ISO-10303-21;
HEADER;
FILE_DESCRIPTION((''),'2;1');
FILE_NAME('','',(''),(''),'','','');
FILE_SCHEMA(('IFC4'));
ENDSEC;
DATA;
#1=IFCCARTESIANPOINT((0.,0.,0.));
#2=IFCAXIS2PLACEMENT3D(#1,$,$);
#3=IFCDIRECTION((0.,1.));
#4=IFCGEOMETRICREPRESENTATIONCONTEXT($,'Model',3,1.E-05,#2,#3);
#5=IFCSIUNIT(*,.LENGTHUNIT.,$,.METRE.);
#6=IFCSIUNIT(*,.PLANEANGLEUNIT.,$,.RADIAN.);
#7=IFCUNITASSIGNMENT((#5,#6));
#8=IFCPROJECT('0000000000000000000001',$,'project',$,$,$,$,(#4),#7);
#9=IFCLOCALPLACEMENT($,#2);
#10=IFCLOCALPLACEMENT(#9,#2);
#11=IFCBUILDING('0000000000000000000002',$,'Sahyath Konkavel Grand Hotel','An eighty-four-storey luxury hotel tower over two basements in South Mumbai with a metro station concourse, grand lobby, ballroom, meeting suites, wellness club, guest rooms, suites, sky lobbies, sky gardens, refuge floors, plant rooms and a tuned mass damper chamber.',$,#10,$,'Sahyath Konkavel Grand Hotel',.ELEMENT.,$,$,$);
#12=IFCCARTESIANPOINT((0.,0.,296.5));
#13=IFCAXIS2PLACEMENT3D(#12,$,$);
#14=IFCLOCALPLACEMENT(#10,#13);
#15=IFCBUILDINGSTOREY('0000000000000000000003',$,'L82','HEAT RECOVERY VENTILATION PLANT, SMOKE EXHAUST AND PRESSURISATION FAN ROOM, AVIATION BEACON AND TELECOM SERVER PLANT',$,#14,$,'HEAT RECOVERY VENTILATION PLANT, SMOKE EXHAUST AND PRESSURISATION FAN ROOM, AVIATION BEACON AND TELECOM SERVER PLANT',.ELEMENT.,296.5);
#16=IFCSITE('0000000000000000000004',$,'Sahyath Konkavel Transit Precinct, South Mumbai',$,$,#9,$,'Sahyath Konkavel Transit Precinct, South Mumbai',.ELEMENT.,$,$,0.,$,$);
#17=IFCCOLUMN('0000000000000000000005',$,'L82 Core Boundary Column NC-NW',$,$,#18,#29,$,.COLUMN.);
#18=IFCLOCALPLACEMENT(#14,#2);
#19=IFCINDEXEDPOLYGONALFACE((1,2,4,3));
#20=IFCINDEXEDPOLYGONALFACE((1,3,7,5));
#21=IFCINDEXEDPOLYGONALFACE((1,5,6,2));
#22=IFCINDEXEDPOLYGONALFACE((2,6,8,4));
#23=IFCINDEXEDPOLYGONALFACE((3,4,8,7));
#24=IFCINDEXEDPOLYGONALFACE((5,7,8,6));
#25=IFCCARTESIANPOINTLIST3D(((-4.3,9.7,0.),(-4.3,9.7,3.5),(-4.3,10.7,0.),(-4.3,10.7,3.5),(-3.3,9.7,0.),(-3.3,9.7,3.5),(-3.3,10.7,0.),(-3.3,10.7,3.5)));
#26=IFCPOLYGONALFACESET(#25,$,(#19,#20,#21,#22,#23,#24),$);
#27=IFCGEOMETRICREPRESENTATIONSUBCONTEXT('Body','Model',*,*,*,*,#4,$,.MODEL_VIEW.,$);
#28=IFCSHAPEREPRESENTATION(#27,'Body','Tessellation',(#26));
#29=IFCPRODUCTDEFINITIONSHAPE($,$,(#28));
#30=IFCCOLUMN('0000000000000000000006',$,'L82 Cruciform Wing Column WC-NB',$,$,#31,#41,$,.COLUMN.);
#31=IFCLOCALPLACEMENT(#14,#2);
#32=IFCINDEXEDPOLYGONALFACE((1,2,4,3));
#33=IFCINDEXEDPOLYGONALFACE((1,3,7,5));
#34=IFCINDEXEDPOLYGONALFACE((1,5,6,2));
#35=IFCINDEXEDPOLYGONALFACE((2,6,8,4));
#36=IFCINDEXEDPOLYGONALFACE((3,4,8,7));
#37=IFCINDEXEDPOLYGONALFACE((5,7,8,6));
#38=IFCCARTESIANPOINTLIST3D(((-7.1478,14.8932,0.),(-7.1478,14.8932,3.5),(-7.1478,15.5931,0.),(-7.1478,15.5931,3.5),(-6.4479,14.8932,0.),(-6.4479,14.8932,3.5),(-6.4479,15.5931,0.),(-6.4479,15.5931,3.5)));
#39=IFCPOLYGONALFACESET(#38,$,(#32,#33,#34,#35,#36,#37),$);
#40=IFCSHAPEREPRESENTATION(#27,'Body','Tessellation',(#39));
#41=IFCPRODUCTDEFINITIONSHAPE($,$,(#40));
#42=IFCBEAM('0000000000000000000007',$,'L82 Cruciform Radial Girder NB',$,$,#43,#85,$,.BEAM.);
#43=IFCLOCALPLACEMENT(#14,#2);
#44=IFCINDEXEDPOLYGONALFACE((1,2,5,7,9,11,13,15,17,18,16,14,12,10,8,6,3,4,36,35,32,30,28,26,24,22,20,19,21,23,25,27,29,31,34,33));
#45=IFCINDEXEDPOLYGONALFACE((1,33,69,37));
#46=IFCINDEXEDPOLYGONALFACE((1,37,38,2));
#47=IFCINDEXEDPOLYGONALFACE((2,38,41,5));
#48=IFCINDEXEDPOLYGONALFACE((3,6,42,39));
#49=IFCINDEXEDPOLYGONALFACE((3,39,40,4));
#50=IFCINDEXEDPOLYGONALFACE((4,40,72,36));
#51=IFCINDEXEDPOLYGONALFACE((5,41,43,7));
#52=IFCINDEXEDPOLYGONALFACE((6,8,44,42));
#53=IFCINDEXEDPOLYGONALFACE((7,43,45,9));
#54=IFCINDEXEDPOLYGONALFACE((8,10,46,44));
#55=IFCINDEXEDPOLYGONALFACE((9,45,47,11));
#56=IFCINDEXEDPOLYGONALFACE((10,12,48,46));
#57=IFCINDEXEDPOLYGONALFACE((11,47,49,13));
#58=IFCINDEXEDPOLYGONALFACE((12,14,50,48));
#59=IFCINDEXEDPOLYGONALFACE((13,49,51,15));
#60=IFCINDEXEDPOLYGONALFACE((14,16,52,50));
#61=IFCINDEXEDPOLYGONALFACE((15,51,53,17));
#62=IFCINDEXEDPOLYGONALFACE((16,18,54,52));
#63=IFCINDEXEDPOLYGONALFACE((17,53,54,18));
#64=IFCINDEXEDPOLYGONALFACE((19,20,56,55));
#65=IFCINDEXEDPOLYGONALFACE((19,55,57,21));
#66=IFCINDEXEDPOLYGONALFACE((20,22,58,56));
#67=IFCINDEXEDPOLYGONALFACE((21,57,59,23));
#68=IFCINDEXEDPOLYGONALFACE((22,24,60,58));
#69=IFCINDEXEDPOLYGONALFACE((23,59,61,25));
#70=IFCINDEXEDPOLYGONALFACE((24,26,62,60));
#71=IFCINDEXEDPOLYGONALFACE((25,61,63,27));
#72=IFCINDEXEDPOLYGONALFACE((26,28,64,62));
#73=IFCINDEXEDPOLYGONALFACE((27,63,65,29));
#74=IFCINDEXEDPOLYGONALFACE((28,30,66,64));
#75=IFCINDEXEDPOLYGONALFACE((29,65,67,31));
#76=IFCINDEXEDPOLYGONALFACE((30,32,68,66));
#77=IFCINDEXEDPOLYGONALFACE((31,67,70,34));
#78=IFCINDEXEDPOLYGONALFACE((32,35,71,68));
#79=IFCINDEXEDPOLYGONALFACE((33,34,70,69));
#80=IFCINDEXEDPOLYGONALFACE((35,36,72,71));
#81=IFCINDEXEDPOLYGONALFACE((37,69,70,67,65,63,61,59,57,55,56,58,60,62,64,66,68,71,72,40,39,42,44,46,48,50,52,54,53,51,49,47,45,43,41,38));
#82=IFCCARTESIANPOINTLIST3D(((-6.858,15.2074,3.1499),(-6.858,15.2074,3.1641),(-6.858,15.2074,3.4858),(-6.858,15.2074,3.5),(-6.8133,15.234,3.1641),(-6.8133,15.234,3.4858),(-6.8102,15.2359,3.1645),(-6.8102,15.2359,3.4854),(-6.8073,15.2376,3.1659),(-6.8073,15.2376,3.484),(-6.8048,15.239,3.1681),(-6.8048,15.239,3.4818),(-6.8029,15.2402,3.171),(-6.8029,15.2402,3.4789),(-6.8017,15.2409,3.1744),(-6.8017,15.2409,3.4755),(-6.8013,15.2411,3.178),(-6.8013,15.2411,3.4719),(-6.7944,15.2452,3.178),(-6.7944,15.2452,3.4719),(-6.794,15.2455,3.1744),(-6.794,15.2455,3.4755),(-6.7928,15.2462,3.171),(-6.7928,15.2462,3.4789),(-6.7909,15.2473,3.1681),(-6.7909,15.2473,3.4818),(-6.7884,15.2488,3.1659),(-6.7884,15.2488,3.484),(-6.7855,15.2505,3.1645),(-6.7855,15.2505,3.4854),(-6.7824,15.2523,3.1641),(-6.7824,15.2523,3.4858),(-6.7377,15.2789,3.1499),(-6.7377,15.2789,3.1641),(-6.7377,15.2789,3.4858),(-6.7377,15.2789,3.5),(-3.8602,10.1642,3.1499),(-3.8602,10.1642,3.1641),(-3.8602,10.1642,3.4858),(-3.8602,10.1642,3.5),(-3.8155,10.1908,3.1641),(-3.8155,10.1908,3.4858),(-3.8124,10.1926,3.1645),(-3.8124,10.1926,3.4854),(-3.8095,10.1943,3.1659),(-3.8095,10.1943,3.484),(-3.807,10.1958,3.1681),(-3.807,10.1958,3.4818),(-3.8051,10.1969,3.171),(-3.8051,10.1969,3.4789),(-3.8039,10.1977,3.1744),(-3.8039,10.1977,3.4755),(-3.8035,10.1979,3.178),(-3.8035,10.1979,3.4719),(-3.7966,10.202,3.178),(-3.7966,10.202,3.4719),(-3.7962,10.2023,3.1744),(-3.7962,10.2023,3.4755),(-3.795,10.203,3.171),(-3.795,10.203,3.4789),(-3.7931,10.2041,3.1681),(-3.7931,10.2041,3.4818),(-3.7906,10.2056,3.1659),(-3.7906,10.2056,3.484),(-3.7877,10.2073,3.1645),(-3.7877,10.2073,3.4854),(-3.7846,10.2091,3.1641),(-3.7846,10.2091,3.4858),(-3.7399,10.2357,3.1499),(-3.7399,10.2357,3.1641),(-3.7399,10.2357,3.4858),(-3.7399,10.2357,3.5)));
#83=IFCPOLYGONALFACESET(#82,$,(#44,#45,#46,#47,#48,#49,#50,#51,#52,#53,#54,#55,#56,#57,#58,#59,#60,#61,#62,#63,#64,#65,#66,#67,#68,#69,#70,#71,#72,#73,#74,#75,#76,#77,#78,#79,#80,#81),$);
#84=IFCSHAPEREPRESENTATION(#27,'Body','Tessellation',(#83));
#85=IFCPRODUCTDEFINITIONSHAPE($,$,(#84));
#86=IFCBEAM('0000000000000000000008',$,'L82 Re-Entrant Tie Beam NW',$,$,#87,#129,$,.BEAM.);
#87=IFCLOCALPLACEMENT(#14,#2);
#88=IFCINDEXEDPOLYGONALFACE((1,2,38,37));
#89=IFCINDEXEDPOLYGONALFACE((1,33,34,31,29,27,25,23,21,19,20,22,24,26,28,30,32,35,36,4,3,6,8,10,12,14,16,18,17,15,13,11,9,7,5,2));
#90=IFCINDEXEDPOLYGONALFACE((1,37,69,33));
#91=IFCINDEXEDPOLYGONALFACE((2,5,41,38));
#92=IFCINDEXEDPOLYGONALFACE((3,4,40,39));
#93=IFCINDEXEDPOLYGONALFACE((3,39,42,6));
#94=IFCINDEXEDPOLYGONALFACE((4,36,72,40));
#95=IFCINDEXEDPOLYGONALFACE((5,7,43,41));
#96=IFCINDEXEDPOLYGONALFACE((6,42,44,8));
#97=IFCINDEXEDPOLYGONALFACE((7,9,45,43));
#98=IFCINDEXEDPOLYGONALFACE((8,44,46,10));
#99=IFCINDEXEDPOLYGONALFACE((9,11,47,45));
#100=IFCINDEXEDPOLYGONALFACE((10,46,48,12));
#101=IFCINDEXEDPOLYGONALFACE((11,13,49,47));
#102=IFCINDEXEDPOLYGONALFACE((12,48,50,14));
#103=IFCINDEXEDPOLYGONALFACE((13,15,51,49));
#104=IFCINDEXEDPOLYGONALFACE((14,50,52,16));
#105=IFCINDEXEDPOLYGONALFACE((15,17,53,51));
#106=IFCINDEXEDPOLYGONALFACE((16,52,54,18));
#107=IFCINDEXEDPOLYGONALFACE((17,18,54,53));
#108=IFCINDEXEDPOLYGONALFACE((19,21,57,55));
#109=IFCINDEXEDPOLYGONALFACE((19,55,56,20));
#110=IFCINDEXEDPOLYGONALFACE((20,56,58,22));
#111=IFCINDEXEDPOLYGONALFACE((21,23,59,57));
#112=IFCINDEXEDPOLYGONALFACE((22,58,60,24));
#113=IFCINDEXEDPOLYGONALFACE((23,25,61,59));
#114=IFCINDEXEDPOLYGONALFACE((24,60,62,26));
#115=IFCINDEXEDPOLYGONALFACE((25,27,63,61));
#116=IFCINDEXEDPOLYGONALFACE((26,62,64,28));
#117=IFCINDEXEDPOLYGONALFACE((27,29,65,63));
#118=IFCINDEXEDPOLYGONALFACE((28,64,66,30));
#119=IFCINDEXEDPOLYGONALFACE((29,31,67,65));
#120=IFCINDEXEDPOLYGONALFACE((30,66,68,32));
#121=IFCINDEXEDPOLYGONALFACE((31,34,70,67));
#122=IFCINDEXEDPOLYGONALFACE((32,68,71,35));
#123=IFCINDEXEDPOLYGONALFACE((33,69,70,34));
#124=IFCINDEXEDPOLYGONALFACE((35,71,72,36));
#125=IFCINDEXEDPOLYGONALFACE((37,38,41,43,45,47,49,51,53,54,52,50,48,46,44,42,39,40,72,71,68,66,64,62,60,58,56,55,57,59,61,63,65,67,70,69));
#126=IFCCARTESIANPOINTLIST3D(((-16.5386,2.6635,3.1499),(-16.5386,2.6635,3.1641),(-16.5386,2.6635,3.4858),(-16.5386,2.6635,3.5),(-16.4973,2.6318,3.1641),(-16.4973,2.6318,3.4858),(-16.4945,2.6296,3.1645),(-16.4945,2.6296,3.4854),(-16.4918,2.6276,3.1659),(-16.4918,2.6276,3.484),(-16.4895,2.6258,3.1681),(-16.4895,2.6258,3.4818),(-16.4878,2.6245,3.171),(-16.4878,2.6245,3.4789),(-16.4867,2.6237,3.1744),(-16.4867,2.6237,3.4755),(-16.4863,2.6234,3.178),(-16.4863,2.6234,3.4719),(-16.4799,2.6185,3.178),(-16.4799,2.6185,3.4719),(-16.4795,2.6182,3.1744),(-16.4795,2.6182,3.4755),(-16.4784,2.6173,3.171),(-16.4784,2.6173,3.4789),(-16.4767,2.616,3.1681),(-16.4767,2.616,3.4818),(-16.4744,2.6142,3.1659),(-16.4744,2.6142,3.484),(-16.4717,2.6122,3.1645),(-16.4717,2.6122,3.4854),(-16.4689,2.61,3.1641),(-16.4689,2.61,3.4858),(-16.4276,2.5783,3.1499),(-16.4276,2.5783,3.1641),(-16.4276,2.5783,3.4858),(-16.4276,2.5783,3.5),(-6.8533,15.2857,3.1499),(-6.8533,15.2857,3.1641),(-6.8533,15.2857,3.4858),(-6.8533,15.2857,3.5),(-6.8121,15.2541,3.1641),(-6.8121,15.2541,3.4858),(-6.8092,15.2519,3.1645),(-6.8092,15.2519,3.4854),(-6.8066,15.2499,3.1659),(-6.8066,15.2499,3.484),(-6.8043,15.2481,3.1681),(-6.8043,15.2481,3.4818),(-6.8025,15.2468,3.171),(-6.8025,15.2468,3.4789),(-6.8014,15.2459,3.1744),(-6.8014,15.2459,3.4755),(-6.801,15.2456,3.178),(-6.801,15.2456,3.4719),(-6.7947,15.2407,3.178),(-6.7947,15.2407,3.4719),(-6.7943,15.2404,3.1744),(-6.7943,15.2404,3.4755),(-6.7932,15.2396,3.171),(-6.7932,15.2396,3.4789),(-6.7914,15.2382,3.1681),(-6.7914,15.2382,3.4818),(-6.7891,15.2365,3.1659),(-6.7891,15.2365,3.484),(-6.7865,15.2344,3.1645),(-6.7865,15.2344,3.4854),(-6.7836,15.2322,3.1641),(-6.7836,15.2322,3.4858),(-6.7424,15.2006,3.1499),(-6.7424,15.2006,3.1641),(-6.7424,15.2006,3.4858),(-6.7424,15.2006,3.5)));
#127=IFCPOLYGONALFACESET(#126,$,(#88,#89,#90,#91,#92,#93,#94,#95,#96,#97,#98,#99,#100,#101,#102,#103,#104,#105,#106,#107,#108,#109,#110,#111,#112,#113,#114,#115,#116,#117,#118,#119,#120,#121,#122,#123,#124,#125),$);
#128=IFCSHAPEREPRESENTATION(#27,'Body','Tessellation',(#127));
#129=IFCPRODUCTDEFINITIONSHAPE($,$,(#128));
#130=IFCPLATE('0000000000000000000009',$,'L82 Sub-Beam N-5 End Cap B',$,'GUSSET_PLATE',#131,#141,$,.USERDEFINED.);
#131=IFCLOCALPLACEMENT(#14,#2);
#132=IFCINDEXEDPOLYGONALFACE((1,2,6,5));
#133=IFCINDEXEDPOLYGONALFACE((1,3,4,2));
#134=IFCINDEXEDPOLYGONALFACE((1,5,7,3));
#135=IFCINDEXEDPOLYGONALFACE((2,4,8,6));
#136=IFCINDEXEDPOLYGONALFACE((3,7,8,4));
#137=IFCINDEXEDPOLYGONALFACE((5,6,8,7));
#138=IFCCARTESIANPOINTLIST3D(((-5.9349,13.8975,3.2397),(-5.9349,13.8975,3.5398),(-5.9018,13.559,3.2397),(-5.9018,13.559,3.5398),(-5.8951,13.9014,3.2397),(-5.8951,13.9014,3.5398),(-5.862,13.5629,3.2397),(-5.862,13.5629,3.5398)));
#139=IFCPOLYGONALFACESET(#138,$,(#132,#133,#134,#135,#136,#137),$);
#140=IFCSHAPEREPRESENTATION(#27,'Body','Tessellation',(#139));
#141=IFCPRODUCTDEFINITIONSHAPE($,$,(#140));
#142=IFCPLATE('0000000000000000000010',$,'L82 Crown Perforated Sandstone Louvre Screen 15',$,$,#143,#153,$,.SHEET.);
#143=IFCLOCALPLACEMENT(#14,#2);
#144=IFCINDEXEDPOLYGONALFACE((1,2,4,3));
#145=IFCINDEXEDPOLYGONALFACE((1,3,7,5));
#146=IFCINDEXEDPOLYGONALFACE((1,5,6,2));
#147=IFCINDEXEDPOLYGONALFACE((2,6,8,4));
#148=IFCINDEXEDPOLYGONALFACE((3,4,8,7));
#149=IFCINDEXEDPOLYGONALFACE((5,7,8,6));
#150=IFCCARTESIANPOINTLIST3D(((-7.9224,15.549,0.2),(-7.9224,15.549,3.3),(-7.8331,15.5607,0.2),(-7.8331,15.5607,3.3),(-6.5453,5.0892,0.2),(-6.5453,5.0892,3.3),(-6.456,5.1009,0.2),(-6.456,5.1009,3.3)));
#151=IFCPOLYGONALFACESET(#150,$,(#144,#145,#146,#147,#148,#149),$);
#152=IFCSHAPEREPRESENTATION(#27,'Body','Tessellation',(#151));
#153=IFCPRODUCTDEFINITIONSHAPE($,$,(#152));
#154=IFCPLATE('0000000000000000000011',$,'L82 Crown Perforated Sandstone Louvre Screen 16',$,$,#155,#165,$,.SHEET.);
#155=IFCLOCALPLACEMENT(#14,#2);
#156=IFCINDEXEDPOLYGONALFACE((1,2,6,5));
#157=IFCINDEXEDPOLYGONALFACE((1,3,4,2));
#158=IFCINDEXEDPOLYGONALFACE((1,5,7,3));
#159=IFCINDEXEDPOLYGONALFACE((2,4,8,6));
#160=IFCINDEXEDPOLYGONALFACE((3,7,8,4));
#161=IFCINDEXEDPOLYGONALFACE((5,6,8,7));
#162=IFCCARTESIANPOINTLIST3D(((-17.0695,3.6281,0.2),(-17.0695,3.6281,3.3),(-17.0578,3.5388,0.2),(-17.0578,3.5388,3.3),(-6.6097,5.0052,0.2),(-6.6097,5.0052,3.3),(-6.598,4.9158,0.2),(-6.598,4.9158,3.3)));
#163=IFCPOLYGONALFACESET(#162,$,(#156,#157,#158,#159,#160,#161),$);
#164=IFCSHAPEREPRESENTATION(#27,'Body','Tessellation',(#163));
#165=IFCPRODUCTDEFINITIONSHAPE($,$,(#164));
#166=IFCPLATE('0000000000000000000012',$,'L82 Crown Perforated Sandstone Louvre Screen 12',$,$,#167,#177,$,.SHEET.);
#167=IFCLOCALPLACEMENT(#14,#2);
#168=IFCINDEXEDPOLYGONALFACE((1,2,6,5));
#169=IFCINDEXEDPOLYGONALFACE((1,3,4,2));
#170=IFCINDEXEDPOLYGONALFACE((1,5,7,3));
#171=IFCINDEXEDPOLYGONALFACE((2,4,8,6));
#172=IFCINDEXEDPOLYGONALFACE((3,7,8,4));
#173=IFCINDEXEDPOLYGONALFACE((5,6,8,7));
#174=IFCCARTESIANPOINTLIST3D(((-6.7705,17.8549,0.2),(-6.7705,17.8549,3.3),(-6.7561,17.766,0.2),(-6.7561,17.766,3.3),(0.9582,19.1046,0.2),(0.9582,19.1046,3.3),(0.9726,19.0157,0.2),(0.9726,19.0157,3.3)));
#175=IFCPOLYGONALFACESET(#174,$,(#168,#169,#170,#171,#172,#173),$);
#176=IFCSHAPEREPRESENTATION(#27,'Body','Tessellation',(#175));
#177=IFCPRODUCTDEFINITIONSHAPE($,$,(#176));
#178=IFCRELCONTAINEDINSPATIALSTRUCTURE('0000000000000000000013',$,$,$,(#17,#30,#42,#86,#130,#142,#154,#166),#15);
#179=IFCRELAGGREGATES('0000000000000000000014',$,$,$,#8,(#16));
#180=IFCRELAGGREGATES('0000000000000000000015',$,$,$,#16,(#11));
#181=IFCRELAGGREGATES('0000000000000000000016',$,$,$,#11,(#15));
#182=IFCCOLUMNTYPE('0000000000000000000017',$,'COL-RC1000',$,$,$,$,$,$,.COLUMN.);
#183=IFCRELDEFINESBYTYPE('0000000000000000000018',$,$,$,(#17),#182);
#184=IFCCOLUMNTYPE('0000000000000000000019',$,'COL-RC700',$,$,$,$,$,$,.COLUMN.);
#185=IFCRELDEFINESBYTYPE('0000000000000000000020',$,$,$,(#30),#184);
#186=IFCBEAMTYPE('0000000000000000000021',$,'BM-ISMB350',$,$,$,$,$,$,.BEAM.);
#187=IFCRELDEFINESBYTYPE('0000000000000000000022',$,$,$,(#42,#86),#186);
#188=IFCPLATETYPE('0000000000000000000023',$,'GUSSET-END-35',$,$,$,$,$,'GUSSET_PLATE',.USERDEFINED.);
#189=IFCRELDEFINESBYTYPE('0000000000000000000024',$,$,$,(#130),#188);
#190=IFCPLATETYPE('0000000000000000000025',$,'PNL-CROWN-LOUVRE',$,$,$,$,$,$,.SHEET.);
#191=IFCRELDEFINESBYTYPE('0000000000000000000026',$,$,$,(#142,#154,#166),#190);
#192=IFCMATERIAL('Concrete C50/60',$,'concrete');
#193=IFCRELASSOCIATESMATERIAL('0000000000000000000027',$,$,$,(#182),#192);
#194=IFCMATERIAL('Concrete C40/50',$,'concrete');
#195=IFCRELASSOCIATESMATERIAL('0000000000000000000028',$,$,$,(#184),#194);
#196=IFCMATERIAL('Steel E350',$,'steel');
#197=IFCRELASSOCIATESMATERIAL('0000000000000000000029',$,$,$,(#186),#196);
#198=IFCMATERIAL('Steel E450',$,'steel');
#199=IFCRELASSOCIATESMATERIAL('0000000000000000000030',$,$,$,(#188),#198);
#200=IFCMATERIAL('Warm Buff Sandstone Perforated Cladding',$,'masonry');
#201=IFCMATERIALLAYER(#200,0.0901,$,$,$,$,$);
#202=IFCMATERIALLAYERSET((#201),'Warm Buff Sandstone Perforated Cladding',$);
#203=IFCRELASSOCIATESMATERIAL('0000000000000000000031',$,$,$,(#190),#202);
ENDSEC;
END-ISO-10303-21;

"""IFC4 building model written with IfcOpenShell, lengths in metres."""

from ifc_helpers import new_model, si_unit, direction, frame, origin, origin_2d, place, context, subcontext, project, spatial, rectangle, i_section, extrude, source, transform, mapped, material, layer, layer_set, material_profile, profile_set, type_object, element, save


model = new_model("IFC4")

# Units and contexts
model_context = context("Model", 3, precision=1e-05, world=origin(), true_north=direction((0.0, 1.0)))
body_context = subcontext(model_context, "Body", "Model", "MODEL_VIEW")
ifc_project = project(units=[si_unit("LENGTHUNIT", "METRE"), si_unit("PLANEANGLEUNIT", "RADIAN")], contexts=[model_context])

# Site, building, storey
site_placement = place(None, origin())
site = spatial("IfcSite", under=ifc_project, at=site_placement, Name="Sahyath Konkavel Transit Precinct, South Mumbai", LongName="Sahyath Konkavel Transit Precinct, South Mumbai", CompositionType="ELEMENT", RefElevation=0.0)
building_placement = place(site_placement, origin())
building = spatial("IfcBuilding", under=site, at=building_placement, Name="Sahyath Konkavel Grand Hotel", Description="An eighty-four-storey luxury hotel tower over two basements in South Mumbai with a metro station concourse, grand lobby, ballroom, meeting suites, wellness club, guest rooms, suites, sky lobbies, sky gardens, refuge floors, plant rooms and a tuned mass damper chamber.", LongName="Sahyath Konkavel Grand Hotel", CompositionType="ELEMENT")
storey_placement = place(building_placement, frame((0.0, 0.0, 296.5)))
storey = spatial("IfcBuildingStorey", under=building, at=storey_placement, Name="L82", Description="HEAT RECOVERY VENTILATION PLANT, SMOKE EXHAUST AND PRESSURISATION FAN ROOM, AVIATION BEACON AND TELECOM SERVER PLANT", LongName="HEAT RECOVERY VENTILATION PLANT, SMOKE EXHAUST AND PRESSURISATION FAN ROOM, AVIATION BEACON AND TELECOM SERVER PLANT", CompositionType="ELEMENT", Elevation=296.5)

# Columns
ifc_material_1 = material(Name="Concrete C50/60", Category="concrete")
ifc_material_profile_1 = material_profile(ifc_material_1, rectangle(XDim=1.0, YDim=1.0, at=origin_2d()), Name="RC 1000x1000")
ifc_profile_set_1 = profile_set([ifc_material_profile_1], Name="Concrete C50/60")
column_type_1 = type_object("IfcColumnType", Name="COL-RC1000", PredefinedType="COLUMN", material=ifc_profile_set_1)
shared_shape_1 = source(origin(), body_context, "Body", "SweptSolid", [
    extrude(rectangle(XDim=1.0, YDim=1.0, at=origin_2d()), origin(), (0.0, 0.0, 1.0), 3.5),
])
column_1_placement = place(storey_placement, frame((-3.8, 10.2, 0.0), z_axis=(0.0, 0.0, 1.0), x_axis=(1.0, 0.0, 0.0)))
element("IfcColumn", 1, at=column_1_placement, inside=storey, type_object=column_type_1, Name="L82 Core Boundary Column NC-NW", PredefinedType="COLUMN", context=body_context, shape_type="MappedRepresentation", body=[
    mapped(shared_shape_1, transform((0.0, 0.0, 0.0), scale=1.0)),
])
ifc_material_2 = material(Name="Concrete C40/50", Category="concrete")
ifc_material_profile_2 = material_profile(ifc_material_2, rectangle(XDim=0.7, YDim=0.7, at=origin_2d()), Name="RC 700x700")
ifc_profile_set_2 = profile_set([ifc_material_profile_2], Name="Concrete C40/50")
column_type_2 = type_object("IfcColumnType", Name="COL-RC700", PredefinedType="COLUMN", material=ifc_profile_set_2)
shared_shape_2 = source(origin(), body_context, "Body", "SweptSolid", [
    extrude(rectangle(XDim=0.7, YDim=0.7, at=origin_2d()), origin(), (0.0, 0.0, 1.0), 3.5),
])
column_2_placement = place(storey_placement, frame((-6.7979, 15.2432, 0.0), z_axis=(0.0, 0.0, 1.0), x_axis=(1.0, 0.0, 0.0)))
element("IfcColumn", 2, at=column_2_placement, inside=storey, type_object=column_type_2, Name="L82 Cruciform Wing Column WC-NB", PredefinedType="COLUMN", context=body_context, shape_type="MappedRepresentation", body=[
    mapped(shared_shape_2, transform((0.0, 0.0, 0.0), scale=1.0)),
])

# Beams
ifc_material_3 = material(Name="Steel E350", Category="steel")
ifc_material_profile_3 = material_profile(ifc_material_3, i_section(OverallWidth=0.1399, OverallDepth=0.3501, WebThickness=0.0081, FlangeThickness=0.0142, FilletRadius=0.0139, at=origin_2d()), Name="ISMB 350")
ifc_profile_set_3 = profile_set([ifc_material_profile_3], Name="Steel E350")
beam_type = type_object("IfcBeamType", Name="BM-ISMB350", PredefinedType="BEAM", material=ifc_profile_set_3)
shared_shape_3 = source(origin(), body_context, "Body", "SweptSolid", [
    extrude(i_section(OverallWidth=0.1399, OverallDepth=0.3501, WebThickness=0.0081, FlangeThickness=0.0142, FilletRadius=0.0139, at=origin_2d()), origin(), (0.0, 0.0, 1.0), 5.8669),
])
beam_1_placement = place(storey_placement, frame((-3.8, 10.2, 3.325), z_axis=(-0.510967, 0.859601, 0.0), x_axis=(-0.859601, -0.510967, 0.0)))
element("IfcBeam", 3, at=beam_1_placement, inside=storey, type_object=beam_type, Name="L82 Cruciform Radial Girder NB", PredefinedType="BEAM", context=body_context, shape_type="MappedRepresentation", body=[
    mapped(shared_shape_3, transform((0.0, 0.0, 0.0), scale=1.0)),
])
shared_shape_4 = source(origin(), body_context, "Body", "SweptSolid", [
    extrude(i_section(OverallWidth=0.1399, OverallDepth=0.3501, WebThickness=0.0081, FlangeThickness=0.0142, FilletRadius=0.0139, at=origin_2d()), origin(), (0.0, 0.0, 1.0), 15.9099),
])
beam_2_placement = place(storey_placement, frame((-6.7979, 15.2432, 3.325), z_axis=(-0.608756, -0.793358, 0.0), x_axis=(0.793358, -0.608756, 0.0)))
element("IfcBeam", 4, at=beam_2_placement, inside=storey, type_object=beam_type, Name="L82 Re-Entrant Tie Beam NW", PredefinedType="BEAM", context=body_context, shape_type="MappedRepresentation", body=[
    mapped(shared_shape_4, transform((0.0, 0.0, 0.0), scale=1.0)),
])

# Plates
ifc_material_4 = material(Name="Steel E450", Category="steel")
plate_type_1 = type_object("IfcPlateType", Name="GUSSET-END-35", ElementType="GUSSET_PLATE", PredefinedType="USERDEFINED", material=ifc_material_4)
shared_shape_5 = source(origin(), body_context, "Body", "SweptSolid", [
    extrude(rectangle(XDim=0.04, YDim=0.3401, at=origin_2d()), origin(), (0.0, 0.0, 1.0), 0.3),
])
plate_1_placement = place(storey_placement, frame((-5.8984, 13.7302, 3.2397), z_axis=(0.0, 0.0, 1.0), x_axis=(-0.99525, -0.097357, 0.0)))
element("IfcPlate", 5, at=plate_1_placement, inside=storey, type_object=plate_type_1, Name="L82 Sub-Beam N-5 End Cap B", ObjectType="GUSSET_PLATE", PredefinedType="USERDEFINED", context=body_context, shape_type="MappedRepresentation", body=[
    mapped(shared_shape_5, transform((0.0, 0.0, 0.0), scale=1.0)),
])
ifc_material_5 = material(Name="Warm Buff Sandstone Perforated Cladding", Category="masonry")
ifc_layer_1 = layer(ifc_material_5, 0.0901)
ifc_layer_set_1 = layer_set([ifc_layer_1], Name="Warm Buff Sandstone Perforated Cladding")
plate_type_2 = type_object("IfcPlateType", Name="PNL-CROWN-LOUVRE", PredefinedType="SHEET", material=ifc_layer_set_1)
shared_shape_6 = source(origin(), body_context, "Body", "SweptSolid", [
    extrude(rectangle(XDim=10.55, YDim=0.0901, at=origin_2d()), origin(), (0.0, 0.0, 1.0), 3.1001),
])
for number, where, z_axis, x_axis, name in (
    (6, (-7.1892, 10.325, 0.2), (0.0, 0.0, 1.0), (0.130526, -0.991445, 0.0), "L82 Crown Perforated Sandstone Louvre Screen 15"),
    (7, (-11.8337, 4.272, 0.2), (0.0, 0.0, 1.0), (-0.991445, -0.130526, 0.0), "L82 Crown Perforated Sandstone Louvre Screen 16"),
):
    element("IfcPlate", number, at=place(storey_placement, frame(where, z_axis=z_axis, x_axis=x_axis)), inside=storey, type_object=plate_type_2, Name=name, PredefinedType="SHEET", context=body_context, shape_type="MappedRepresentation", body=[
        mapped(shared_shape_6, transform((0.0, 0.0, 0.0), scale=1.0)),
    ])
shared_shape_7 = source(origin(), body_context, "Body", "SweptSolid", [
    extrude(rectangle(XDim=7.8291, YDim=0.0901, at=origin_2d()), origin(), (0.0, 0.0, 1.0), 3.1001),
])
plate_2_placement = place(storey_placement, frame((-2.8989, 18.4353, 0.2), z_axis=(0.0, 0.0, 1.0), x_axis=(-0.987178, -0.159623, 0.0)))
element("IfcPlate", 8, at=plate_2_placement, inside=storey, type_object=plate_type_2, Name="L82 Crown Perforated Sandstone Louvre Screen 12", PredefinedType="SHEET", context=body_context, shape_type="MappedRepresentation", body=[
    mapped(shared_shape_7, transform((0.0, 0.0, 0.0), scale=1.0)),
])

save(model, "model.ifc")
